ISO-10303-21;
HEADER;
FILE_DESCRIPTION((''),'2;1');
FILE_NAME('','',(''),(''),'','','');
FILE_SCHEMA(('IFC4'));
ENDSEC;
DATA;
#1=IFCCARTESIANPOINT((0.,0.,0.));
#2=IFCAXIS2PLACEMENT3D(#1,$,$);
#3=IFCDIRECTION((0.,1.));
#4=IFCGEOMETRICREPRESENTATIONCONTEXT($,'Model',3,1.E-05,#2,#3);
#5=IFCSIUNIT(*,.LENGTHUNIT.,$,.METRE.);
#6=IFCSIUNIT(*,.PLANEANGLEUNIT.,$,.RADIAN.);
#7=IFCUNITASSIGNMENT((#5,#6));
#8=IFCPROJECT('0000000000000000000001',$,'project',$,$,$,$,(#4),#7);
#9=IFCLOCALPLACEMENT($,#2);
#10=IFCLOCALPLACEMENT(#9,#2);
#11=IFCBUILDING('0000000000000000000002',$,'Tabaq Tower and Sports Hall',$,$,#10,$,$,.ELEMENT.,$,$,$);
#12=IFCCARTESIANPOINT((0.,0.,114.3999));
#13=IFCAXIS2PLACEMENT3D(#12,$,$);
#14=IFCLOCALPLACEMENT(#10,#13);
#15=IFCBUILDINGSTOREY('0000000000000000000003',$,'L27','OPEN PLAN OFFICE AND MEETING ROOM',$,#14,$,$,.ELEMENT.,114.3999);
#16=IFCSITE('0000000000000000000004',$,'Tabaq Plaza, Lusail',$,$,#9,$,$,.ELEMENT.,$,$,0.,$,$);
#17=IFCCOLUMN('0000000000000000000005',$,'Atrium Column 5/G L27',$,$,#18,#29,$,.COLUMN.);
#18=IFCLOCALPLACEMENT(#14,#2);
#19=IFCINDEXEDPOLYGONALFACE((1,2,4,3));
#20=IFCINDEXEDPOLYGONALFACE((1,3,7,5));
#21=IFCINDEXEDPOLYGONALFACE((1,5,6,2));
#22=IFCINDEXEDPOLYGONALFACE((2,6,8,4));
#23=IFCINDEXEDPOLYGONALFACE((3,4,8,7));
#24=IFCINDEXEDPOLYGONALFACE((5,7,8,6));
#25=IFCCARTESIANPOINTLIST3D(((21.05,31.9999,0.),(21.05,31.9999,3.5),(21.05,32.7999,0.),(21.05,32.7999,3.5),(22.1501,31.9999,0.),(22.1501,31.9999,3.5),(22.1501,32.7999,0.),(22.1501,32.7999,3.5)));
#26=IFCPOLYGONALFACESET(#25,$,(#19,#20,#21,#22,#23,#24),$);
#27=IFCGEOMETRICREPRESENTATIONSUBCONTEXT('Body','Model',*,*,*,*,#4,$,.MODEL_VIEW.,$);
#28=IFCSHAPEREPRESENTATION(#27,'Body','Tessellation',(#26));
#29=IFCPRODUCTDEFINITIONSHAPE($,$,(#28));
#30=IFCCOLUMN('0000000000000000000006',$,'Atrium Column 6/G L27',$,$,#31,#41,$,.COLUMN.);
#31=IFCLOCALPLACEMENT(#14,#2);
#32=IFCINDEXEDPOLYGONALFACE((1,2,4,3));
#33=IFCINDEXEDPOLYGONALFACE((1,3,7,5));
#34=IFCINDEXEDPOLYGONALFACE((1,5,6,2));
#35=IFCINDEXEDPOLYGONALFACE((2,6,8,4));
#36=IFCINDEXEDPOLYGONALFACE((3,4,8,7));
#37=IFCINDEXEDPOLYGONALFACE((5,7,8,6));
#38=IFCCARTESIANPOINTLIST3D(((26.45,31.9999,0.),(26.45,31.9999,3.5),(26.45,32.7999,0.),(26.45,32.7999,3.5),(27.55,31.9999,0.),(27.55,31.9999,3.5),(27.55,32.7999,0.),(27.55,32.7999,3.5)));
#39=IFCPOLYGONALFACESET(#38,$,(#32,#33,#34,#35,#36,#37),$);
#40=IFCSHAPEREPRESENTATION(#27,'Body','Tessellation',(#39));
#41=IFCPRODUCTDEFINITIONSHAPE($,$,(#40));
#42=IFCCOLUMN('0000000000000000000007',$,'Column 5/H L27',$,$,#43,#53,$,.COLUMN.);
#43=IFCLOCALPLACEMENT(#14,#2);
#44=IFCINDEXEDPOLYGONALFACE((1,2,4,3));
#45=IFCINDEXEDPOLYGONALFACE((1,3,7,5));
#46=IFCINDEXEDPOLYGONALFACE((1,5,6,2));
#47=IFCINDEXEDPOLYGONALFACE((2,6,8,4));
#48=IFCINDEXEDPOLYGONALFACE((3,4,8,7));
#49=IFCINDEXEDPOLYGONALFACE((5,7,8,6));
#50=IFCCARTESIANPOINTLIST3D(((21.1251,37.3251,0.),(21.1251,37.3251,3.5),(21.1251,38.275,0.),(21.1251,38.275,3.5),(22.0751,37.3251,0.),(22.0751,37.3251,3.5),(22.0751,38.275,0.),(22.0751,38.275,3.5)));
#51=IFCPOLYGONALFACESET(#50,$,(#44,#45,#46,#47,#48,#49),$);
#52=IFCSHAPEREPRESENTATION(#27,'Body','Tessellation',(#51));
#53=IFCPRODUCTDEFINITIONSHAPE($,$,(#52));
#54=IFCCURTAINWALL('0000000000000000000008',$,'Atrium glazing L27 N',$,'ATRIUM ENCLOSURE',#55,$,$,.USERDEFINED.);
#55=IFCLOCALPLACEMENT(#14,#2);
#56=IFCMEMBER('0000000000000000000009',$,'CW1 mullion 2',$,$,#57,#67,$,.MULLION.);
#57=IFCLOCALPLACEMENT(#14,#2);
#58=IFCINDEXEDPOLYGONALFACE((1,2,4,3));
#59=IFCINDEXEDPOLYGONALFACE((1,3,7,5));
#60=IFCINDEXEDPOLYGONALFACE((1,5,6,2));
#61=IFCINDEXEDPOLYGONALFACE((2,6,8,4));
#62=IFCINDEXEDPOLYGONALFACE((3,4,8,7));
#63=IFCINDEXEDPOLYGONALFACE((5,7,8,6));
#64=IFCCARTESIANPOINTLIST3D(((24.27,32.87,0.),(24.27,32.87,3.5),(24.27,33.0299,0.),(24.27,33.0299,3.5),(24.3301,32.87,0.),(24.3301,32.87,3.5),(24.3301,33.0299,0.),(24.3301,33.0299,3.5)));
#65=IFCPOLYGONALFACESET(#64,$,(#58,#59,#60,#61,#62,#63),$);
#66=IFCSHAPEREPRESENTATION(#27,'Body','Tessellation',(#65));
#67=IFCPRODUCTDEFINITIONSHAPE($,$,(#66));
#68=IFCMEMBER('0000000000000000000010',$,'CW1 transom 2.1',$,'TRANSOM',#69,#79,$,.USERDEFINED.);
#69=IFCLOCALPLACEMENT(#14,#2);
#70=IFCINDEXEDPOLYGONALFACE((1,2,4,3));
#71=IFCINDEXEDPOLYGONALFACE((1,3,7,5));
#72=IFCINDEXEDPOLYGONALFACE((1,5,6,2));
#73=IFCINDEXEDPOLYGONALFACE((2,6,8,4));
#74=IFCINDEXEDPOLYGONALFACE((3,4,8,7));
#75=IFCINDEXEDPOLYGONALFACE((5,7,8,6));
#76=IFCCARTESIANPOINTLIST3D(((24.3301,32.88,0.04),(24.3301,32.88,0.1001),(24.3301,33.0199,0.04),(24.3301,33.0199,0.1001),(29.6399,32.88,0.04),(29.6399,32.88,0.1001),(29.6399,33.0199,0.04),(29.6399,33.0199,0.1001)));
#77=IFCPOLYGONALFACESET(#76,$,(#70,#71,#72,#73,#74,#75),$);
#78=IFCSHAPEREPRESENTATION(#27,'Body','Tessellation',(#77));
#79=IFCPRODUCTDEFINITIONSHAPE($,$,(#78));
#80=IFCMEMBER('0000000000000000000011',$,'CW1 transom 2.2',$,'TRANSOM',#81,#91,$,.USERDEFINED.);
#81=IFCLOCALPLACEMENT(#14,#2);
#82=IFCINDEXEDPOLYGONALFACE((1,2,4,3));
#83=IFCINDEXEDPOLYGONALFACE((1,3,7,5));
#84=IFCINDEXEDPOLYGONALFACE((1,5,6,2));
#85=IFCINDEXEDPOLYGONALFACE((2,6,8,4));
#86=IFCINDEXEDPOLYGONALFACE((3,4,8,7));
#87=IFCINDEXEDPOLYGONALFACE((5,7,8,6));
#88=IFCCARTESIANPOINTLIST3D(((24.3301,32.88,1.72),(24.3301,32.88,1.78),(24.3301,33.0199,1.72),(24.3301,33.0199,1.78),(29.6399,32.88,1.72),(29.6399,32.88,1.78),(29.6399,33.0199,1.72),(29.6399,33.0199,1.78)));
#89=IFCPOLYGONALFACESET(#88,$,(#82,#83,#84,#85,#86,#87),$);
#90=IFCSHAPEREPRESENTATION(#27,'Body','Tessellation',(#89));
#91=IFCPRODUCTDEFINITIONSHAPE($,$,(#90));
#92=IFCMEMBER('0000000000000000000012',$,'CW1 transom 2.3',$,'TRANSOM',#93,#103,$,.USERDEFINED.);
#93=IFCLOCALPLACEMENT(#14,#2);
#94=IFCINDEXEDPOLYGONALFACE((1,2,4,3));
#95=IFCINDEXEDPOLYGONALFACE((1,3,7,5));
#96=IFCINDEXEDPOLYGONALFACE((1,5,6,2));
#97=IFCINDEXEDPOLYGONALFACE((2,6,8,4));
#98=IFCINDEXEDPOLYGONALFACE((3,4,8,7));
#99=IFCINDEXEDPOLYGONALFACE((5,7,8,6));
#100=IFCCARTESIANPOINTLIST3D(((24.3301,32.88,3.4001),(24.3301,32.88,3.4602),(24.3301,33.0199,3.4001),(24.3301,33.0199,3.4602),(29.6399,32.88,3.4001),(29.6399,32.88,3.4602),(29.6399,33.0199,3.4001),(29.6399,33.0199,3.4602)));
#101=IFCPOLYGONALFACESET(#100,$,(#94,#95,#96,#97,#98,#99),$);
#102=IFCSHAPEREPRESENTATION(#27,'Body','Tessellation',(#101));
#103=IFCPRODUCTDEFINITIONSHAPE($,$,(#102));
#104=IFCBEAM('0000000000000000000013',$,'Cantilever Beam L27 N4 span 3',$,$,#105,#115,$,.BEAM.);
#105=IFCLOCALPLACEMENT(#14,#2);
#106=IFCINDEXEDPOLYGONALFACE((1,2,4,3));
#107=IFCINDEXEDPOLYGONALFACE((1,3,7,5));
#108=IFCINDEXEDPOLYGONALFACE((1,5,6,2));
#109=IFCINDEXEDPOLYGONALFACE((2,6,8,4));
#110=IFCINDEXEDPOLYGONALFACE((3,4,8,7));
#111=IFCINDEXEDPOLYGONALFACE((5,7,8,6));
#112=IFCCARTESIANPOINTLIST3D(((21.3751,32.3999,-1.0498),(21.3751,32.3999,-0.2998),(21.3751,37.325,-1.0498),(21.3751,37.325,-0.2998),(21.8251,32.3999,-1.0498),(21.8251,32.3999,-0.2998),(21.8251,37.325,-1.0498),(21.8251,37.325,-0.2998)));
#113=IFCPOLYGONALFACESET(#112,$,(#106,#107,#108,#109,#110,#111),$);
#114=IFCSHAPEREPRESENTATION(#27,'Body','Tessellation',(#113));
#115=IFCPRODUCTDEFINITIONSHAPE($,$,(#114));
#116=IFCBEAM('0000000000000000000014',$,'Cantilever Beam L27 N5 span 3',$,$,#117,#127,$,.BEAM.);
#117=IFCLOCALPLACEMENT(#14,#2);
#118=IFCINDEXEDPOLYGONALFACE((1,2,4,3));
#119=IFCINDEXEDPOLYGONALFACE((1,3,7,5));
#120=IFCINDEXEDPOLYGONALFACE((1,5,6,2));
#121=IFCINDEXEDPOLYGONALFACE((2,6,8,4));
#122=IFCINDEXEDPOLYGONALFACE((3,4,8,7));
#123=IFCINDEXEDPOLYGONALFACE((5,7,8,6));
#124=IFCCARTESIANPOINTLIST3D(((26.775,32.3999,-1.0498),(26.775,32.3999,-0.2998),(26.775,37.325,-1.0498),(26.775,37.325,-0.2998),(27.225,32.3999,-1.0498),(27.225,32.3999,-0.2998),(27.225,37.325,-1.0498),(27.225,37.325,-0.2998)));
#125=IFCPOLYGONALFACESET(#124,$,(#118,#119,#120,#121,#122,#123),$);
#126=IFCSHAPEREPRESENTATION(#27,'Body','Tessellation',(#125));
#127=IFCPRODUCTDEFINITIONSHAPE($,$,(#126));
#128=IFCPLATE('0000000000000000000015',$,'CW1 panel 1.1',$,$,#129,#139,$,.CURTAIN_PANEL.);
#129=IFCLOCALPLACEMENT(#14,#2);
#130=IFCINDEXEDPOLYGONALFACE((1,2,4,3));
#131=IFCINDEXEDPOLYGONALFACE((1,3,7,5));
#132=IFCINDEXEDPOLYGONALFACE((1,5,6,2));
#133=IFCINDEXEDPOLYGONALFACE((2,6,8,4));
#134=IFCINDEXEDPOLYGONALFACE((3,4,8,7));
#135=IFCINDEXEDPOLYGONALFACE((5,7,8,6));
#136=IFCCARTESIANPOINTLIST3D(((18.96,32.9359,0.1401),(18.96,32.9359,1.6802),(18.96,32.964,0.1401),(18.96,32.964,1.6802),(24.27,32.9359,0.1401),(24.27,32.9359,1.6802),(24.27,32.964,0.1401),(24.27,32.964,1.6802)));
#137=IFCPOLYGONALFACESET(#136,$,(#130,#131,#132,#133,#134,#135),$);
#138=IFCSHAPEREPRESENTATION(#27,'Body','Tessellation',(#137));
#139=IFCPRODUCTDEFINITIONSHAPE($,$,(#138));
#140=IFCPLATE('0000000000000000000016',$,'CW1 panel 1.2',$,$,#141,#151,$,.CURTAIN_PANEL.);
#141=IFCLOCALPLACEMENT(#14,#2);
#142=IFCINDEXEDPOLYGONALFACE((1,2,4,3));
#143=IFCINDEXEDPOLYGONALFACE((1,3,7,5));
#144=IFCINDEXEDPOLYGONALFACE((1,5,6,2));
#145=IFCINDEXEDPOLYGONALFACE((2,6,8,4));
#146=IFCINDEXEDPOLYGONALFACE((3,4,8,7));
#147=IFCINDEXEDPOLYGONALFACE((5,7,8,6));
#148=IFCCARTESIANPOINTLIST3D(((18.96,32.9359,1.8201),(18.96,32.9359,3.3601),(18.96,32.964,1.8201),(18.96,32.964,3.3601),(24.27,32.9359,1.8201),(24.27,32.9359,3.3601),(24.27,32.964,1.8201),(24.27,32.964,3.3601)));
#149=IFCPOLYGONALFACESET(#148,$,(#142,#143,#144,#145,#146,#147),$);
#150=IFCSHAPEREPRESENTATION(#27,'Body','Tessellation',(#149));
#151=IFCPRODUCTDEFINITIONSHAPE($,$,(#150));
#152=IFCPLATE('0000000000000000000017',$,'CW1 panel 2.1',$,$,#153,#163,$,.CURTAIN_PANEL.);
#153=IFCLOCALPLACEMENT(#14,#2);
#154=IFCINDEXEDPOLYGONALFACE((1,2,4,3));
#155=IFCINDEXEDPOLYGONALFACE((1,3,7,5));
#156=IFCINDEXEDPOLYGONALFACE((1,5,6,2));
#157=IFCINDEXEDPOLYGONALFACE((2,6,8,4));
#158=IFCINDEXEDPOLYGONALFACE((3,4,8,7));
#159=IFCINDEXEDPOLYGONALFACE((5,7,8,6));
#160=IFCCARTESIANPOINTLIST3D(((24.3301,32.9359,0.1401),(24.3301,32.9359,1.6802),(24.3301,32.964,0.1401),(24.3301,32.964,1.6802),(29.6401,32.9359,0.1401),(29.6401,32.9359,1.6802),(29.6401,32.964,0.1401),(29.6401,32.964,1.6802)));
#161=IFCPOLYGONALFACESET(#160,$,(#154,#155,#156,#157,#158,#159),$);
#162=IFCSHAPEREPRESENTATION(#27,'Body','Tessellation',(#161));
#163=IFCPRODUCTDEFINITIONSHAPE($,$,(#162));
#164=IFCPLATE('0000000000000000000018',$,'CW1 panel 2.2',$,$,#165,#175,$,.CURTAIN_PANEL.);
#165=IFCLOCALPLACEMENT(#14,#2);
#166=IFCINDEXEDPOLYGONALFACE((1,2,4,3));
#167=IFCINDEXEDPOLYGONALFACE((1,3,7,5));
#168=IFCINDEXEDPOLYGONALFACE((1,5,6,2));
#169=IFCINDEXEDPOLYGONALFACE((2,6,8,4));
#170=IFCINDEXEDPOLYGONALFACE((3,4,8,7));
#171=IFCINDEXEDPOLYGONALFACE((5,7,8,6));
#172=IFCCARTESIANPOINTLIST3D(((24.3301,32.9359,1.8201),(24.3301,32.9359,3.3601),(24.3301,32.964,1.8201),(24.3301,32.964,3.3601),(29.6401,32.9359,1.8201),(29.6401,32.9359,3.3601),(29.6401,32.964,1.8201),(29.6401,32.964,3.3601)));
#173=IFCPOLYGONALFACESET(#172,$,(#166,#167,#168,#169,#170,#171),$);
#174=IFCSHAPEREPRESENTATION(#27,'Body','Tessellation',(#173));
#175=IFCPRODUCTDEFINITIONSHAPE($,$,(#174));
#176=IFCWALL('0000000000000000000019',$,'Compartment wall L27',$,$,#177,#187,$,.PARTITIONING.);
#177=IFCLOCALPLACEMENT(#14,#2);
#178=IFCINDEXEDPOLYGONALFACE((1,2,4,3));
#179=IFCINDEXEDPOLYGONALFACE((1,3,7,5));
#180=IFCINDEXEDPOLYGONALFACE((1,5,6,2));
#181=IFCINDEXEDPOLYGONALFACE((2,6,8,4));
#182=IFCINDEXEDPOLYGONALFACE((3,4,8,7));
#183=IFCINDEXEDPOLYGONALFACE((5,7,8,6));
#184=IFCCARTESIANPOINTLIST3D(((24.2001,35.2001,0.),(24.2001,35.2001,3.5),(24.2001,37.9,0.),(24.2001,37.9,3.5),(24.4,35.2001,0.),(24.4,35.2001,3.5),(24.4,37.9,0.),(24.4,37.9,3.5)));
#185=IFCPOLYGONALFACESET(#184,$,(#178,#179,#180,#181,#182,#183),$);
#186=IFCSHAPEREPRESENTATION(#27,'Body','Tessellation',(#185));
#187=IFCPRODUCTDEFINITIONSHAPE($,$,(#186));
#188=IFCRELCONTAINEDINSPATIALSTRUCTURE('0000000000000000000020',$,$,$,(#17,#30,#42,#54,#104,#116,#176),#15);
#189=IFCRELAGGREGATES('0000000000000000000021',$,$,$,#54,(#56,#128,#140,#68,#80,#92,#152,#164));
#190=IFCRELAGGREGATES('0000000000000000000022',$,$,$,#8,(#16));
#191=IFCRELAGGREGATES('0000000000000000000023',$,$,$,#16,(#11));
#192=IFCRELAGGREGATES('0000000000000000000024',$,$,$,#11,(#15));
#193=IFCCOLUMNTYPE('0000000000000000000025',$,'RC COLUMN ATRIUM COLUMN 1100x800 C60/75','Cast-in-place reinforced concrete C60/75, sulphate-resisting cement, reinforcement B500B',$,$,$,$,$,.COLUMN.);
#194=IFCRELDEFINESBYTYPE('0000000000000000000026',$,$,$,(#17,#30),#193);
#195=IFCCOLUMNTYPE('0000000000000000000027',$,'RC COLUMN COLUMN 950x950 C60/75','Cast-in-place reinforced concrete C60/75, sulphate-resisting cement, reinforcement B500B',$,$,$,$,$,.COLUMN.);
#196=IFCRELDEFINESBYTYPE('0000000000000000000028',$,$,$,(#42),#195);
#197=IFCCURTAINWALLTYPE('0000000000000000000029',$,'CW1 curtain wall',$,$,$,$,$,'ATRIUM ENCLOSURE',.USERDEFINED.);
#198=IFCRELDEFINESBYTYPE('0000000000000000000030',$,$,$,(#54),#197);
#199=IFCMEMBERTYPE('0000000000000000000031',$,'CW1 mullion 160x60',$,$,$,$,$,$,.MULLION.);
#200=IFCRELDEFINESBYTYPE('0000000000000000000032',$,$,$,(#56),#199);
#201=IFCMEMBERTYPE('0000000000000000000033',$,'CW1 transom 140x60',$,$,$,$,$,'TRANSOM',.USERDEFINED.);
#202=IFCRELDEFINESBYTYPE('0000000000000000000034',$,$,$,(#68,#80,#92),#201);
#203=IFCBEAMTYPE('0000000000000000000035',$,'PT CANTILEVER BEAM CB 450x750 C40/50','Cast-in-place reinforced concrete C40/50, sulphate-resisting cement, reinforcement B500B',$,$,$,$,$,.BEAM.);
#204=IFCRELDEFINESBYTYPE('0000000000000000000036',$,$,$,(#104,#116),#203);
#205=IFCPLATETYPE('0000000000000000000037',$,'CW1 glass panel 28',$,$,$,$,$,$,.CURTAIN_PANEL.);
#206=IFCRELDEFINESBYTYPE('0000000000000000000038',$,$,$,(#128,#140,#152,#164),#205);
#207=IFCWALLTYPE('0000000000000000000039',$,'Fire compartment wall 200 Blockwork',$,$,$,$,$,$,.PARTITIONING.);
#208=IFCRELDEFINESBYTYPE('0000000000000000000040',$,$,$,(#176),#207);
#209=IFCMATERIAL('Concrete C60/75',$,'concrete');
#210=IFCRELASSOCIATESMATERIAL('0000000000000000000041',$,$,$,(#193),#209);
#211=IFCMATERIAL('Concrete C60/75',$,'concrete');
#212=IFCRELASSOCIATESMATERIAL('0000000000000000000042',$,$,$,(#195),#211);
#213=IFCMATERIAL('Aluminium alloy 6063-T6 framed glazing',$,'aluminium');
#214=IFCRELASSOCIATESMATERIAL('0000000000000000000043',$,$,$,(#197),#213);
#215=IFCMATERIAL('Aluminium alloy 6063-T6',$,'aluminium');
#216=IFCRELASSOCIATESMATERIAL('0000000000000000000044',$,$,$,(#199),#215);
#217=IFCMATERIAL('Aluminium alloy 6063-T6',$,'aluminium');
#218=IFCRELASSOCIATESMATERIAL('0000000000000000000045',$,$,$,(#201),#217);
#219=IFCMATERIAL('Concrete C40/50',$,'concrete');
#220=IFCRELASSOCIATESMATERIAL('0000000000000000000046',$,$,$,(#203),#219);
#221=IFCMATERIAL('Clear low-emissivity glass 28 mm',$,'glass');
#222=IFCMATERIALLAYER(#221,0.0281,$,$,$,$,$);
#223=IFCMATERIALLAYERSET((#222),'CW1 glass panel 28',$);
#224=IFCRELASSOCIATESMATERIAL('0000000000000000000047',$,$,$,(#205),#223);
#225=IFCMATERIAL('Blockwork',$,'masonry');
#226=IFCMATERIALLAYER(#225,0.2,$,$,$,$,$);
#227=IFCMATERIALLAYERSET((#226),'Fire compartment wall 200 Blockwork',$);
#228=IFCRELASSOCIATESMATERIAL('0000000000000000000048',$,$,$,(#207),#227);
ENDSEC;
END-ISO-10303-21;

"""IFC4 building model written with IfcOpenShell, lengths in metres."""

from ifc_helpers import new_model, si_unit, direction, frame, frame_2d, origin, origin_2d, place, context, subcontext, project, spatial, rectangle, extrude, material, layer, layer_set, material_profile, profile_set, type_object, element, aggregate, save


model = new_model("IFC4")

# Units and contexts
model_context = context("Model", 3, precision=1e-05, world=origin(), true_north=direction((0.0, 1.0)))
body_context = subcontext(model_context, "Body", "Model", "MODEL_VIEW")
ifc_project = project(units=[si_unit("LENGTHUNIT", "METRE"), si_unit("PLANEANGLEUNIT", "RADIAN")], contexts=[model_context])

# Site, building, storey
site_placement = place(None, origin())
site = spatial("IfcSite", under=ifc_project, at=site_placement, Name="Tabaq Plaza, Lusail", CompositionType="ELEMENT", RefElevation=0.0)
building_placement = place(site_placement, origin())
building = spatial("IfcBuilding", under=site, at=building_placement, Name="Tabaq Tower and Sports Hall", CompositionType="ELEMENT")
storey_placement = place(building_placement, frame((0.0, 0.0, 114.3999)))
storey = spatial("IfcBuildingStorey", under=building, at=storey_placement, Name="L27", Description="OPEN PLAN OFFICE AND MEETING ROOM", CompositionType="ELEMENT", Elevation=114.3999)

# Columns
ifc_material_1 = material(Name="Concrete C60/75", Category="concrete")
ifc_material_profile_1 = material_profile(ifc_material_1, rectangle(XDim=1.1001, YDim=0.8, at=origin_2d()), Name="ATRIUM COLUMN 1100x800")
ifc_profile_set_1 = profile_set([ifc_material_profile_1], Name="Concrete C60/75")
column_type_1 = type_object("IfcColumnType", Name="RC COLUMN ATRIUM COLUMN 1100x800 C60/75", Description="Cast-in-place reinforced concrete C60/75, sulphate-resisting cement, reinforcement B500B", PredefinedType="COLUMN", material=ifc_profile_set_1)
for number, where, z_axis, x_axis, name in (
    (1, (21.6001, 32.3999, 0.0), (0.0, 0.0, 1.0), (1.0, 0.0, 0.0), "Atrium Column 5/G L27"),
    (2, (27.0, 32.3999, 0.0), (0.0, 0.0, 1.0), (1.0, 0.0, 0.0), "Atrium Column 6/G L27"),
):
    element("IfcColumn", number, at=place(storey_placement, frame(where, z_axis=z_axis, x_axis=x_axis)), inside=storey, type_object=column_type_1, Name=name, PredefinedType="COLUMN", context=body_context, shape_type="SweptSolid", body=[
        extrude(rectangle(XDim=1.1001, YDim=0.8, at=origin_2d()), origin(), (0.0, 0.0, 1.0), 3.5),
    ])
ifc_material_2 = material(Name="Concrete C60/75", Category="concrete")
ifc_material_profile_2 = material_profile(ifc_material_2, rectangle(XDim=0.95, YDim=0.95, at=origin_2d()), Name="COLUMN 950x950")
ifc_profile_set_2 = profile_set([ifc_material_profile_2], Name="Concrete C60/75")
column_type_2 = type_object("IfcColumnType", Name="RC COLUMN COLUMN 950x950 C60/75", Description="Cast-in-place reinforced concrete C60/75, sulphate-resisting cement, reinforcement B500B", PredefinedType="COLUMN", material=ifc_profile_set_2)
column_placement = place(storey_placement, frame((21.6001, 37.8, 0.0), z_axis=(0.0, 0.0, 1.0), x_axis=(1.0, 0.0, 0.0)))
element("IfcColumn", 3, at=column_placement, inside=storey, type_object=column_type_2, Name="Column 5/H L27", PredefinedType="COLUMN", context=body_context, shape_type="SweptSolid", body=[
    extrude(rectangle(XDim=0.95, YDim=0.95, at=origin_2d()), origin(), (0.0, 0.0, 1.0), 3.5),
])

# Curtain wall, members
ifc_material_3 = material(Name="Aluminium alloy 6063-T6 framed glazing", Category="aluminium")
curtain_wall_type = type_object("IfcCurtainWallType", Name="CW1 curtain wall", ElementType="ATRIUM ENCLOSURE", PredefinedType="USERDEFINED", material=ifc_material_3)
curtain_wall_placement = place(storey_placement, origin())
curtain_wall = element("IfcCurtainWall", 4, at=curtain_wall_placement, inside=storey, type_object=curtain_wall_type, Name="Atrium glazing L27 N", ObjectType="ATRIUM ENCLOSURE", PredefinedType="USERDEFINED")
ifc_material_4 = material(Name="Aluminium alloy 6063-T6", Category="aluminium")
ifc_material_profile_3 = material_profile(ifc_material_4, rectangle(XDim=0.1599, YDim=0.0601, at=origin_2d()), Name="MULLION 160x60")
ifc_profile_set_3 = profile_set([ifc_material_profile_3], Name="Aluminium alloy 6063-T6")
member_type_1 = type_object("IfcMemberType", Name="CW1 mullion 160x60", PredefinedType="MULLION", material=ifc_profile_set_3)
member_1_placement = place(storey_placement, frame((24.3, 32.95, 0.0), z_axis=(0.0, 0.0, 1.0), x_axis=(0.0, 1.0, 0.0)))
member_1 = element("IfcMember", 5, at=member_1_placement, type_object=member_type_1, Name="CW1 mullion 2", PredefinedType="MULLION", context=body_context, shape_type="SweptSolid", body=[
    extrude(rectangle(XDim=0.1599, YDim=0.0601, at=origin_2d()), origin(), (0.0, 0.0, 1.0), 3.5),
])
ifc_material_5 = material(Name="Aluminium alloy 6063-T6", Category="aluminium")
ifc_material_profile_4 = material_profile(ifc_material_5, rectangle(XDim=0.1399, YDim=0.0601, at=origin_2d()), Name="TRANSOM 140x60")
ifc_profile_set_4 = profile_set([ifc_material_profile_4], Name="Aluminium alloy 6063-T6")
member_type_2 = type_object("IfcMemberType", Name="CW1 transom 140x60", ElementType="TRANSOM", PredefinedType="USERDEFINED", material=ifc_profile_set_4)
member_2_placement = place(storey_placement, frame((24.3301, 32.95, 0.0701), z_axis=(1.0, 0.0, 0.0), x_axis=(0.0, 1.0, 0.0)))
member_2 = element("IfcMember", 6, at=member_2_placement, type_object=member_type_2, Name="CW1 transom 2.1", ObjectType="TRANSOM", PredefinedType="USERDEFINED", context=body_context, shape_type="SweptSolid", body=[
    extrude(rectangle(XDim=0.1399, YDim=0.0601, at=origin_2d()), origin(), (0.0, 0.0, 1.0), 5.3098),
])
member_3_placement = place(storey_placement, frame((24.3301, 32.95, 1.75), z_axis=(1.0, 0.0, 0.0), x_axis=(0.0, 1.0, 0.0)))
member_3 = element("IfcMember", 7, at=member_3_placement, type_object=member_type_2, Name="CW1 transom 2.2", ObjectType="TRANSOM", PredefinedType="USERDEFINED", context=body_context, shape_type="SweptSolid", body=[
    extrude(rectangle(XDim=0.1399, YDim=0.0601, at=origin_2d()), origin(), (0.0, 0.0, 1.0), 5.3098),
])
member_4_placement = place(storey_placement, frame((24.3301, 32.95, 3.4302), z_axis=(1.0, 0.0, 0.0), x_axis=(0.0, 1.0, 0.0)))
member_4 = element("IfcMember", 8, at=member_4_placement, type_object=member_type_2, Name="CW1 transom 2.3", ObjectType="TRANSOM", PredefinedType="USERDEFINED", context=body_context, shape_type="SweptSolid", body=[
    extrude(rectangle(XDim=0.1399, YDim=0.0601, at=origin_2d()), origin(), (0.0, 0.0, 1.0), 5.3098),
])

# Beams
ifc_material_6 = material(Name="Concrete C40/50", Category="concrete")
ifc_material_profile_5 = material_profile(ifc_material_6, rectangle(XDim=0.45, YDim=0.75, at=origin_2d()), Name="CB 450x750")
ifc_profile_set_5 = profile_set([ifc_material_profile_5], Name="Concrete C40/50")
beam_type = type_object("IfcBeamType", Name="PT CANTILEVER BEAM CB 450x750 C40/50", Description="Cast-in-place reinforced concrete C40/50, sulphate-resisting cement, reinforcement B500B", PredefinedType="BEAM", material=ifc_profile_set_5)
for number, where, z_axis, x_axis, name in (
    (9, (21.6001, 37.325, -0.6748), (0.0, -1.0, 0.0), (1.0, 0.0, 0.0), "Cantilever Beam L27 N4 span 3"),
    (10, (27.0, 37.325, -0.6748), (0.0, -1.0, 0.0), (1.0, 0.0, 0.0), "Cantilever Beam L27 N5 span 3"),
):
    element("IfcBeam", number, at=place(storey_placement, frame(where, z_axis=z_axis, x_axis=x_axis)), inside=storey, type_object=beam_type, Name=name, PredefinedType="BEAM", context=body_context, shape_type="SweptSolid", body=[
        extrude(rectangle(XDim=0.45, YDim=0.75, at=origin_2d()), origin(), (0.0, 0.0, 1.0), 4.925),
    ])

# Plates
ifc_material_7 = material(Name="Clear low-emissivity glass 28 mm", Category="glass")
ifc_layer_1 = layer(ifc_material_7, 0.0281)
ifc_layer_set_1 = layer_set([ifc_layer_1], Name="CW1 glass panel 28")
plate_type = type_object("IfcPlateType", Name="CW1 glass panel 28", PredefinedType="CURTAIN_PANEL", material=ifc_layer_set_1)
plate_1_placement = place(storey_placement, frame((21.615, 32.95, 0.1401), z_axis=(0.0, 0.0, 1.0), x_axis=(1.0, 0.0, 0.0)))
plate_1 = element("IfcPlate", 11, at=plate_1_placement, type_object=plate_type, Name="CW1 panel 1.1", PredefinedType="CURTAIN_PANEL", context=body_context, shape_type="SweptSolid", body=[
    extrude(rectangle(XDim=5.3101, YDim=0.0281, at=origin_2d()), origin(), (0.0, 0.0, 1.0), 1.54),
])
plate_2_placement = place(storey_placement, frame((21.615, 32.95, 1.8201), z_axis=(0.0, 0.0, 1.0), x_axis=(1.0, 0.0, 0.0)))
plate_2 = element("IfcPlate", 12, at=plate_2_placement, type_object=plate_type, Name="CW1 panel 1.2", PredefinedType="CURTAIN_PANEL", context=body_context, shape_type="SweptSolid", body=[
    extrude(rectangle(XDim=5.3101, YDim=0.0281, at=origin_2d()), origin(), (0.0, 0.0, 1.0), 1.54),
])
plate_3_placement = place(storey_placement, frame((26.9851, 32.95, 0.1401), z_axis=(0.0, 0.0, 1.0), x_axis=(1.0, 0.0, 0.0)))
plate_3 = element("IfcPlate", 13, at=plate_3_placement, type_object=plate_type, Name="CW1 panel 2.1", PredefinedType="CURTAIN_PANEL", context=body_context, shape_type="SweptSolid", body=[
    extrude(rectangle(XDim=5.3101, YDim=0.0281, at=origin_2d()), origin(), (0.0, 0.0, 1.0), 1.54),
])
plate_4_placement = place(storey_placement, frame((26.9851, 32.95, 1.8201), z_axis=(0.0, 0.0, 1.0), x_axis=(1.0, 0.0, 0.0)))
plate_4 = element("IfcPlate", 14, at=plate_4_placement, type_object=plate_type, Name="CW1 panel 2.2", PredefinedType="CURTAIN_PANEL", context=body_context, shape_type="SweptSolid", body=[
    extrude(rectangle(XDim=5.3101, YDim=0.0281, at=origin_2d()), origin(), (0.0, 0.0, 1.0), 1.54),
])
aggregate(curtain_wall, [member_1, plate_1, plate_2, member_2, member_3, member_4, plate_3, plate_4])

# Shared definitions
ifc_material_8 = material(Name="Blockwork", Category="masonry")
ifc_layer_2 = layer(ifc_material_8, 0.2)
ifc_layer_set_2 = layer_set([ifc_layer_2], Name="Fire compartment wall 200 Blockwork")
wall_type_1 = type_object("IfcWallType", Name="Fire compartment wall 200 Blockwork", PredefinedType="PARTITIONING", material=ifc_layer_set_2)

# Wall
wall_1_placement = place(storey_placement, frame((24.3, 35.2, 0.0), z_axis=(0.0, 0.0, 1.0), x_axis=(0.0, 1.0, 0.0)))
element("IfcWall", 15, at=wall_1_placement, inside=storey, type_object=wall_type_1, Name="Compartment wall L27", PredefinedType="PARTITIONING", context=body_context, shape_type="SweptSolid", body=[
    extrude(rectangle(XDim=2.7, YDim=0.2, at=frame_2d((1.3501, 0.0))), origin(), (0.0, 0.0, 1.0), 3.5),
])

save(model, "model.ifc")
